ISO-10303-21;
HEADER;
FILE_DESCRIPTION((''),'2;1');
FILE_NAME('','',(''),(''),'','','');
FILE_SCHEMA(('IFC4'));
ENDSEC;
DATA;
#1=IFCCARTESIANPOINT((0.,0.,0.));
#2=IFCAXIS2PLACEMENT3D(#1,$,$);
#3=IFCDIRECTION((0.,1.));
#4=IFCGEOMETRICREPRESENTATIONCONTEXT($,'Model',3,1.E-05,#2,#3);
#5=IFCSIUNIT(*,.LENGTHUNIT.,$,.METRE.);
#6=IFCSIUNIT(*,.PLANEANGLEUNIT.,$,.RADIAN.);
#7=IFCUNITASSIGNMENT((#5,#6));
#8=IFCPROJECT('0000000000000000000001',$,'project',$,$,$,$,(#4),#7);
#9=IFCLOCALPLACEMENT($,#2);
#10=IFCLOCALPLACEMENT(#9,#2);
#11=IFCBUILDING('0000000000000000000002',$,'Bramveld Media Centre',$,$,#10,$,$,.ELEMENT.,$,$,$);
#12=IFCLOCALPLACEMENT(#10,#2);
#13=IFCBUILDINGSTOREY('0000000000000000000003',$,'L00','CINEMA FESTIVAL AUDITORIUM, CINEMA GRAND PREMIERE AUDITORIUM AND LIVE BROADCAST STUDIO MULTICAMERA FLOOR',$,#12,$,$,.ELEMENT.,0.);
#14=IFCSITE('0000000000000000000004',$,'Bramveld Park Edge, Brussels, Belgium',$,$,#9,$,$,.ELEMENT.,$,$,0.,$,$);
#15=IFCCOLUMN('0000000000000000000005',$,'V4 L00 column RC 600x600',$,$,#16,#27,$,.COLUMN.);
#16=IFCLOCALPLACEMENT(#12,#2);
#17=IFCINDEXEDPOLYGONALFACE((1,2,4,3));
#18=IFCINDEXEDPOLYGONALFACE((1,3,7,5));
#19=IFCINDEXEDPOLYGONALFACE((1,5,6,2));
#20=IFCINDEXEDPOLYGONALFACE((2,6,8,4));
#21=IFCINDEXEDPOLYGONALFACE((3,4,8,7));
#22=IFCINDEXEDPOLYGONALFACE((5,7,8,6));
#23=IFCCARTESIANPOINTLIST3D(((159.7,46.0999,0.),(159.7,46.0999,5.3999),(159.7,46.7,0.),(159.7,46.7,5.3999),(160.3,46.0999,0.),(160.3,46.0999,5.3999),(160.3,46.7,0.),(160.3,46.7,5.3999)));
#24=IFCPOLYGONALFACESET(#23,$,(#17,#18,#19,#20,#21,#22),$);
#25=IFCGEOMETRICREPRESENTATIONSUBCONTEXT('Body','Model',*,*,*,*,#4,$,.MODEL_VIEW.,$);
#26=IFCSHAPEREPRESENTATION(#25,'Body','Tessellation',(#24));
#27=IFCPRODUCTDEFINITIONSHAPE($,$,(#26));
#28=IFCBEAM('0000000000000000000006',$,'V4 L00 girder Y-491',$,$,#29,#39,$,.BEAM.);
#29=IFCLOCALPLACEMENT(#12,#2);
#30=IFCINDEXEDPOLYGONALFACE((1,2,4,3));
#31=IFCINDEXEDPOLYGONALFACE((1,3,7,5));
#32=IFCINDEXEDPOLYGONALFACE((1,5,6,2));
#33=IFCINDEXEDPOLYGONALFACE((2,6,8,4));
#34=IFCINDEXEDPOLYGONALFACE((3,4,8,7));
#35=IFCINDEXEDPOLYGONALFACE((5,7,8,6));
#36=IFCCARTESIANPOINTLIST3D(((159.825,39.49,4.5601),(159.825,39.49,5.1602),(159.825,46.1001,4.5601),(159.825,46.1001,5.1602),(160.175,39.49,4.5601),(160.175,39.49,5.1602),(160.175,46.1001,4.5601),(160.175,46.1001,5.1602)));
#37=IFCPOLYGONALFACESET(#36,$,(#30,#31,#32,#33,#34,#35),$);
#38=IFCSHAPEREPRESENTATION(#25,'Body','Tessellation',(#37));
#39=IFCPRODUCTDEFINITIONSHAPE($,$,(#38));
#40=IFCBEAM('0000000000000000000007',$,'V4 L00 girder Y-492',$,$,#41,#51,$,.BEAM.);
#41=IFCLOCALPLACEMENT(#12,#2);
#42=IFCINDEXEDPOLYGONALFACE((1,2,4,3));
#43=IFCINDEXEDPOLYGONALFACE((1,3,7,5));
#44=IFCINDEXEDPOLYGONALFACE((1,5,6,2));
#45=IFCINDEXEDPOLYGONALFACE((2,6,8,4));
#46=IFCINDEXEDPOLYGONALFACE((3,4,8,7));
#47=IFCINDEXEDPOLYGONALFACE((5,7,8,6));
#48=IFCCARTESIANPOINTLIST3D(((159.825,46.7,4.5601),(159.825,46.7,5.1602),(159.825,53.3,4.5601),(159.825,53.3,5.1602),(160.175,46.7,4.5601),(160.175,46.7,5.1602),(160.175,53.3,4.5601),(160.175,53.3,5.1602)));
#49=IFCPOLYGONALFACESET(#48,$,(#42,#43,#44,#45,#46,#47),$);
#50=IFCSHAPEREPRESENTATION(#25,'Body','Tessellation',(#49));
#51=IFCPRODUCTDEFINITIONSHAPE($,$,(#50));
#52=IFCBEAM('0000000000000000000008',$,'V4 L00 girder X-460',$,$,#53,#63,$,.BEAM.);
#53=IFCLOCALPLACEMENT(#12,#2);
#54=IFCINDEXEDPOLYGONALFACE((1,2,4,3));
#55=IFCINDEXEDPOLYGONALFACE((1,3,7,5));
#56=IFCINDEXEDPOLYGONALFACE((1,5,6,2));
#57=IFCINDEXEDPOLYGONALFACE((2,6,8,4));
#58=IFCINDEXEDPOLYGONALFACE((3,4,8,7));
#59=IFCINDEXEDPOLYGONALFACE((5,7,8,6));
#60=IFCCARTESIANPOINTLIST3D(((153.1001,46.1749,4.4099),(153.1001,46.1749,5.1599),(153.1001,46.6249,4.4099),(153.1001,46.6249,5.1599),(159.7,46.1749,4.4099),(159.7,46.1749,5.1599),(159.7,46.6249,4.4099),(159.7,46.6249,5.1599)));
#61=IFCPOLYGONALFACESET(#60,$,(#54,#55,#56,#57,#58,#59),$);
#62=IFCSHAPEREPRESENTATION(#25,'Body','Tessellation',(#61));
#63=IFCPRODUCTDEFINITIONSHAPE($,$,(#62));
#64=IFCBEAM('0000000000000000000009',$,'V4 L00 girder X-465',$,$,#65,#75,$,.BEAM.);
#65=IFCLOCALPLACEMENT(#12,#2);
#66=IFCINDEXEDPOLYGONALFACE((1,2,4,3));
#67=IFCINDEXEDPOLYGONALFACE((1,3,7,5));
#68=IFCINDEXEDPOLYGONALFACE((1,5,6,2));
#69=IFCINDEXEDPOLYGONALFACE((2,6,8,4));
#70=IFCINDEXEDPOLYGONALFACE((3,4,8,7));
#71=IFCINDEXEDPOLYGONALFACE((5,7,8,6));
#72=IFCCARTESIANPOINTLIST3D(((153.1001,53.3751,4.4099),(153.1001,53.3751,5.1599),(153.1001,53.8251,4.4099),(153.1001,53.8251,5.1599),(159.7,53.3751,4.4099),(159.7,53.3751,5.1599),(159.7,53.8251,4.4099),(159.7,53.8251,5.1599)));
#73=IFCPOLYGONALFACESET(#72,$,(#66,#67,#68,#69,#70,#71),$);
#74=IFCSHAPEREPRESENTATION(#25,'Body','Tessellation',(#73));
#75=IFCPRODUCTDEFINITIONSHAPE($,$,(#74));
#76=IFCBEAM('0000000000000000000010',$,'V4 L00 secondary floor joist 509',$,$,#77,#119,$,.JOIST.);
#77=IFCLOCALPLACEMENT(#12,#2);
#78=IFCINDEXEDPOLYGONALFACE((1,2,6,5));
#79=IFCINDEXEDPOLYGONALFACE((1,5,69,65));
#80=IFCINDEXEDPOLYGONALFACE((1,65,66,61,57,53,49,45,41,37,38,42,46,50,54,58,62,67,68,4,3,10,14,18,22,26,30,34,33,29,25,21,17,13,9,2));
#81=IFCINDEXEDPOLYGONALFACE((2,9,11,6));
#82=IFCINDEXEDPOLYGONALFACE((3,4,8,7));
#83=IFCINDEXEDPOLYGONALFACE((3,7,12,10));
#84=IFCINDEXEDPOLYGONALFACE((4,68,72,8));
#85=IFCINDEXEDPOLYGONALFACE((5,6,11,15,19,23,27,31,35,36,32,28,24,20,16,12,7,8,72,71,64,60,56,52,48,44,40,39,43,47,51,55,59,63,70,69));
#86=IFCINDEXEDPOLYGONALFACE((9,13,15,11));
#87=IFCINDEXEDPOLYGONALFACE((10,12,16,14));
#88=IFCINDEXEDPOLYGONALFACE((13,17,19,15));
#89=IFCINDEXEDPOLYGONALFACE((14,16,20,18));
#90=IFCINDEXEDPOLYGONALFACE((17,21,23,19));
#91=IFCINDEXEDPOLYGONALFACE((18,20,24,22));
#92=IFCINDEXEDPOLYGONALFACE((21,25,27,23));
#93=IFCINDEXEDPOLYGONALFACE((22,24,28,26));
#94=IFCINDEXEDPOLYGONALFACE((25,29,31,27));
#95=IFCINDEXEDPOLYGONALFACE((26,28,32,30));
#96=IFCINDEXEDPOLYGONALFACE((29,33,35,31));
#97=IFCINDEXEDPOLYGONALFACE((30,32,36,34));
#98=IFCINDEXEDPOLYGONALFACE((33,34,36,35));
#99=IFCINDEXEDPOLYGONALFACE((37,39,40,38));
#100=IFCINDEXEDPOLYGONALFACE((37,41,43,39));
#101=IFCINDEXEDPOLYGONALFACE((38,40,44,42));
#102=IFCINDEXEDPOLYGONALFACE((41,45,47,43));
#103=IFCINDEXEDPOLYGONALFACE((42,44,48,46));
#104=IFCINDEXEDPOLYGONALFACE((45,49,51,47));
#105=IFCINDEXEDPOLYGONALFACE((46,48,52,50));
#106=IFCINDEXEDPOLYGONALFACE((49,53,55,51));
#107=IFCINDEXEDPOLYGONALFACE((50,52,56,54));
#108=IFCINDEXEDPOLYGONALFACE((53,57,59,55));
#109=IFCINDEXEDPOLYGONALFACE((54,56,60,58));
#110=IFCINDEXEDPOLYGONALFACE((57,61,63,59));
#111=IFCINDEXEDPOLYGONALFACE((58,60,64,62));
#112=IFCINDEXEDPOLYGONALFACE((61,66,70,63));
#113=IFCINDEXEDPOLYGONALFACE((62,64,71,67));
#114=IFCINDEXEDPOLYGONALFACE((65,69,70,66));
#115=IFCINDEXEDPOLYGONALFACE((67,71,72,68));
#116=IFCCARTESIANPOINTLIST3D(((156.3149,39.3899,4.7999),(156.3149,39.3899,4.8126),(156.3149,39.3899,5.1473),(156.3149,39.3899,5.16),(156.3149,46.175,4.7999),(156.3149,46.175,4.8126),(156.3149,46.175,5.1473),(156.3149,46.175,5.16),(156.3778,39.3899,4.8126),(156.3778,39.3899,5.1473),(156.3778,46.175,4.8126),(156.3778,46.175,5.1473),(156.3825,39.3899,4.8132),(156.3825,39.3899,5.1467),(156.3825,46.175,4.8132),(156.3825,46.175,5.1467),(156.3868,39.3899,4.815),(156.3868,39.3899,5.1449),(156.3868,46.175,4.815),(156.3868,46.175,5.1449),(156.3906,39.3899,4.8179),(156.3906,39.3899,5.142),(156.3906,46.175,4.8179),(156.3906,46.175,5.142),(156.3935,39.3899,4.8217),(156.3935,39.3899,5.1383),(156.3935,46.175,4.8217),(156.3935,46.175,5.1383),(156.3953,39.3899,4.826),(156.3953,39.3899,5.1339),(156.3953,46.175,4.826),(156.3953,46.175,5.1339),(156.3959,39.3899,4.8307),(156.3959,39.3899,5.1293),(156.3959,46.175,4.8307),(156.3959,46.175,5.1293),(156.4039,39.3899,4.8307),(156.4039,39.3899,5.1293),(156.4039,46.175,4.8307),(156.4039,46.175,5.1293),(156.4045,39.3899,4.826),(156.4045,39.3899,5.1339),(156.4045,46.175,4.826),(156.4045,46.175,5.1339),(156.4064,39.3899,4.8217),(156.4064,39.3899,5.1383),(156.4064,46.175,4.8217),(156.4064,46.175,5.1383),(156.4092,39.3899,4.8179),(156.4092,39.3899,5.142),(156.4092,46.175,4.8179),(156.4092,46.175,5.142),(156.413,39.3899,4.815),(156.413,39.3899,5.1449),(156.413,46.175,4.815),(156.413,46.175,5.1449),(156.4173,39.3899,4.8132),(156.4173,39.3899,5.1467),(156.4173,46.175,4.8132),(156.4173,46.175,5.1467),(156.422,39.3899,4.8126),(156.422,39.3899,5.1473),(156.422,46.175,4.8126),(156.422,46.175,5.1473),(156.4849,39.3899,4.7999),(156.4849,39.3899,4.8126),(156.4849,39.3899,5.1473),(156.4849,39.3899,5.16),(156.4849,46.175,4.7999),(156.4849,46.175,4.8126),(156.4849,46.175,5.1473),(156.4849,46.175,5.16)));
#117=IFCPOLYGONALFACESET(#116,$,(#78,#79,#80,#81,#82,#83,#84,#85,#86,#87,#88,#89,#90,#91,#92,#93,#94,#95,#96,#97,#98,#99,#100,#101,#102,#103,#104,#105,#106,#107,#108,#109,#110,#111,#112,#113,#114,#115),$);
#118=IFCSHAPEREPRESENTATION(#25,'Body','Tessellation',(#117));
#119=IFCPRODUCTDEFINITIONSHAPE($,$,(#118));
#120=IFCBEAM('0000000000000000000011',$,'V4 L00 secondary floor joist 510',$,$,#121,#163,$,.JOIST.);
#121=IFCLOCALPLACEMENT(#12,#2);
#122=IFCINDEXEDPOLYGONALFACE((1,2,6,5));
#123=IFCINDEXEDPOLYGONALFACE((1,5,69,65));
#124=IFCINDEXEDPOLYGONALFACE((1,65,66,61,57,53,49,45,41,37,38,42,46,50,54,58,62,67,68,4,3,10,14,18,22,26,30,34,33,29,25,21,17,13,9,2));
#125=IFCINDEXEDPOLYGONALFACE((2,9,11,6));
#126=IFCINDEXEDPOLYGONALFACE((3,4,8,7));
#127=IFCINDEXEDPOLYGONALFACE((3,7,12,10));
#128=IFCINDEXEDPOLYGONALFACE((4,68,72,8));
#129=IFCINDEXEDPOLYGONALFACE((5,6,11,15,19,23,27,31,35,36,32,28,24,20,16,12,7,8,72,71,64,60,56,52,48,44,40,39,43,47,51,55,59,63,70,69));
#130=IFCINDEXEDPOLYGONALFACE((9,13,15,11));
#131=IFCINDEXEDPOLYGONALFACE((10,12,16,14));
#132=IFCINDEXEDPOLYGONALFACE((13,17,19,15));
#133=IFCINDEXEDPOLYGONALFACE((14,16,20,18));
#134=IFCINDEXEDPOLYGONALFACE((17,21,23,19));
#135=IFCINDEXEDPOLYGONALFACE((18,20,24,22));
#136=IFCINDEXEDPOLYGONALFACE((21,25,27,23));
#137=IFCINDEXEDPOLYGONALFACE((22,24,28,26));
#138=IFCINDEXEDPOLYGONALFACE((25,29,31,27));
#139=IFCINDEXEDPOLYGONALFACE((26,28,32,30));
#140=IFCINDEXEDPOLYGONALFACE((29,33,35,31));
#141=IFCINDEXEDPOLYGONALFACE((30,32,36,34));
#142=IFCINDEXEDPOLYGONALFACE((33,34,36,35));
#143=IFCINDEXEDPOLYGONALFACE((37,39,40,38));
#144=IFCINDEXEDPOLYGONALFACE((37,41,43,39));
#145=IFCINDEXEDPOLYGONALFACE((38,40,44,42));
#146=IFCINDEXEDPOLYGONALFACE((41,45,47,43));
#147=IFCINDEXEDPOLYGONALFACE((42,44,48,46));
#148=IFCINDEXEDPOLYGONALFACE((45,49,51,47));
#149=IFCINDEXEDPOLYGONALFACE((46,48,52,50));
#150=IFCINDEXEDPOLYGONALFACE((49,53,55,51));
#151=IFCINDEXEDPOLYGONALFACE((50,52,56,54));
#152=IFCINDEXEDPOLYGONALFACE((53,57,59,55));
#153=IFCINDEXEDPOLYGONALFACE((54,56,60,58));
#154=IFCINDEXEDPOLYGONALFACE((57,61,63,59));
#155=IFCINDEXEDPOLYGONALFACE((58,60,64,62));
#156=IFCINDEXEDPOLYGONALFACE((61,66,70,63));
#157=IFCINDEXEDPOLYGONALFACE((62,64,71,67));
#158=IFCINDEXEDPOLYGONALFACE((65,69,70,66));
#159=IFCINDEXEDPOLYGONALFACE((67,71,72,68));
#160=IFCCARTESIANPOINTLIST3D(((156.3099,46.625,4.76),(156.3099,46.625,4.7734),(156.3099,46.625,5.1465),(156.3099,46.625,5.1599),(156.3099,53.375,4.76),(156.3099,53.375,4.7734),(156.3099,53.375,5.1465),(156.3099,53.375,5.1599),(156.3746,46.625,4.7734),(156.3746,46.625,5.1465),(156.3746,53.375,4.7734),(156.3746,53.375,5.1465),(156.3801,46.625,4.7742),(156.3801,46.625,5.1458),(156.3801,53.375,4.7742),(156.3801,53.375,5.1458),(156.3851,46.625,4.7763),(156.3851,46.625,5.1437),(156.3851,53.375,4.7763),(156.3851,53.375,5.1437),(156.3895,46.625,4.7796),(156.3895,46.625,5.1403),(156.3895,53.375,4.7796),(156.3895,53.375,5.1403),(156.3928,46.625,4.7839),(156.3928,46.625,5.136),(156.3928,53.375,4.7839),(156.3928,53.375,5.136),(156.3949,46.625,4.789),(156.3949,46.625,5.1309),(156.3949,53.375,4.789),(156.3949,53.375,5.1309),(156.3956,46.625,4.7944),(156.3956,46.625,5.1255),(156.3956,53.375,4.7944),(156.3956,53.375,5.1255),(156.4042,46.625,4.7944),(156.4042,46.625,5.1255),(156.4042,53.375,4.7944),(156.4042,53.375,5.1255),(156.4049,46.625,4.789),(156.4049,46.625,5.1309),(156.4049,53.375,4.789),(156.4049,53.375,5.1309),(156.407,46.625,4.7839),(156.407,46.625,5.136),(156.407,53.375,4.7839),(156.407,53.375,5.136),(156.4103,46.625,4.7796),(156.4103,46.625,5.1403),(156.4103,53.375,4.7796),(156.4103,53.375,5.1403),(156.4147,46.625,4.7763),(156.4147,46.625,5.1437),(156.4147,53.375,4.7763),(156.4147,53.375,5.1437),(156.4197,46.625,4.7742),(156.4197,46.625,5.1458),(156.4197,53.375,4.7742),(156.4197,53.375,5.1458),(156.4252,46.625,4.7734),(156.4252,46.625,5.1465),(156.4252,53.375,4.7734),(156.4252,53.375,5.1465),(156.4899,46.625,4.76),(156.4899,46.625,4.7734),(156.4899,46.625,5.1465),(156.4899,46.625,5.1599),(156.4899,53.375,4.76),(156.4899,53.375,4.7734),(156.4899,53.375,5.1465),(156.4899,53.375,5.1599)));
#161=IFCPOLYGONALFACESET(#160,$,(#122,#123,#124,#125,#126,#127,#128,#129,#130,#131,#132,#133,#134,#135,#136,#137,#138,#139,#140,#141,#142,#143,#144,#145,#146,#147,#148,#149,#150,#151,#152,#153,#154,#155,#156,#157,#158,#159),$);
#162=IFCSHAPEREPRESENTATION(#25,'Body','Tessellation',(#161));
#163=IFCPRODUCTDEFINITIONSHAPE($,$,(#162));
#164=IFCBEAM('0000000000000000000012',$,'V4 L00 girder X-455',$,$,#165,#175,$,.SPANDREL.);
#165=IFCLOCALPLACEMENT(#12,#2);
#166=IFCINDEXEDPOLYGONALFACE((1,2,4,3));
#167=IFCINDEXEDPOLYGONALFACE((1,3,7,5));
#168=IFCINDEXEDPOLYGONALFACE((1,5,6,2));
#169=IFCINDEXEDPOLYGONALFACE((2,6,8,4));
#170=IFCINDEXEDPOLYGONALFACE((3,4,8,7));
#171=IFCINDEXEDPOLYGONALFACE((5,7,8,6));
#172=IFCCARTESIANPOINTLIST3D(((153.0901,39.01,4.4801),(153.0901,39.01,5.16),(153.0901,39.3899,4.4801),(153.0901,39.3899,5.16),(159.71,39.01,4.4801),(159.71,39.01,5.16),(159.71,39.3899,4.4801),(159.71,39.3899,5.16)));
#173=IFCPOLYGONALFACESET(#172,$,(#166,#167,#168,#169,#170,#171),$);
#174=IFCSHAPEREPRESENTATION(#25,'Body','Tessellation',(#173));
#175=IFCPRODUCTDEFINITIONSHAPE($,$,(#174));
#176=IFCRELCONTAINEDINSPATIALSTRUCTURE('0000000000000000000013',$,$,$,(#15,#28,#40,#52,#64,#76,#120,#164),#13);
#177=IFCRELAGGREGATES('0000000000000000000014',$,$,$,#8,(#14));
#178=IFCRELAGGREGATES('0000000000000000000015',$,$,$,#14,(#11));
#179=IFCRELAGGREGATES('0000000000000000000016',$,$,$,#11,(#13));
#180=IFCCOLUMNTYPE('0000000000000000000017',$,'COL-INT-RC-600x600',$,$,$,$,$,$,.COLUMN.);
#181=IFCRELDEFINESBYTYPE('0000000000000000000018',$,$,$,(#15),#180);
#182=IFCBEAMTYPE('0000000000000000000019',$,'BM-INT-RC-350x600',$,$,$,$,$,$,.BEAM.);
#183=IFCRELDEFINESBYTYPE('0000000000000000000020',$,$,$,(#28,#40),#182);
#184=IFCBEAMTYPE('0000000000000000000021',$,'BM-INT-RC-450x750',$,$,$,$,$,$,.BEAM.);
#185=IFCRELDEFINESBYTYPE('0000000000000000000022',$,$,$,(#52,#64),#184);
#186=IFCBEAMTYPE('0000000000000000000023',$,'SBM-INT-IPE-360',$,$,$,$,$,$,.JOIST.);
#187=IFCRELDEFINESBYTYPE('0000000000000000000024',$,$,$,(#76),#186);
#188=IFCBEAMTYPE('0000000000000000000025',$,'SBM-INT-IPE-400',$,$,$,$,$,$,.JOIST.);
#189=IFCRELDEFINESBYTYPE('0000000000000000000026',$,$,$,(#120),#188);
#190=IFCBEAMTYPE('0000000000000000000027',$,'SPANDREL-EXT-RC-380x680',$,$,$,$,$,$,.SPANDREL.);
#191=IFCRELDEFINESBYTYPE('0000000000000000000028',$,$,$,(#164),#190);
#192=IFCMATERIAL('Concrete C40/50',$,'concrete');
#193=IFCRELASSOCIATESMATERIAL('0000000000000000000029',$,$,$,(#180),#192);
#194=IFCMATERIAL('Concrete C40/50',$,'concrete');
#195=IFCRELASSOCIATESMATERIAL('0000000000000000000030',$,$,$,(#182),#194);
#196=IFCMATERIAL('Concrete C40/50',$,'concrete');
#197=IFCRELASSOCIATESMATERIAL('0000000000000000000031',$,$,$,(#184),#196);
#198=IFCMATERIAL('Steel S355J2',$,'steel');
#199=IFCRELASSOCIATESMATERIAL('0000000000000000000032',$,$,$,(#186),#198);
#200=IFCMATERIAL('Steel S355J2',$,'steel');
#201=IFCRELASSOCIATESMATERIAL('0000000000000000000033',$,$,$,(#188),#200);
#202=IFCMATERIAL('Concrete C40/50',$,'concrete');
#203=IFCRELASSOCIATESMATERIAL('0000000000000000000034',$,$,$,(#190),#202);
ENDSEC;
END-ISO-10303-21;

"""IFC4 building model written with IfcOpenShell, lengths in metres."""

from ifc_helpers import new_model, si_unit, direction, frame, origin, origin_2d, place, context, subcontext, project, spatial, rectangle, i_section, extrude, material, material_profile, profile_set, type_object, element, save


model = new_model("IFC4")

# Units and contexts
model_context = context("Model", 3, precision=1e-05, world=origin(), true_north=direction((0.0, 1.0)))
body_context = subcontext(model_context, "Body", "Model", "MODEL_VIEW")
ifc_project = project(units=[si_unit("LENGTHUNIT", "METRE"), si_unit("PLANEANGLEUNIT", "RADIAN")], contexts=[model_context])

# Site, building, storey
site_placement = place(None, origin())
site = spatial("IfcSite", under=ifc_project, at=site_placement, Name="Bramveld Park Edge, Brussels, Belgium", CompositionType="ELEMENT", RefElevation=0.0)
building_placement = place(site_placement, origin())
building = spatial("IfcBuilding", under=site, at=building_placement, Name="Bramveld Media Centre", CompositionType="ELEMENT")
storey_placement = place(building_placement, origin())
storey = spatial("IfcBuildingStorey", under=building, at=storey_placement, Name="L00", Description="CINEMA FESTIVAL AUDITORIUM, CINEMA GRAND PREMIERE AUDITORIUM AND LIVE BROADCAST STUDIO MULTICAMERA FLOOR", CompositionType="ELEMENT", Elevation=0.0)

# Column
ifc_material_1 = material(Name="Concrete C40/50", Category="concrete")
ifc_material_profile_1 = material_profile(ifc_material_1, rectangle(XDim=0.6001, YDim=0.6001, at=origin_2d()), Name="RC 600x600")
ifc_profile_set_1 = profile_set([ifc_material_profile_1], Name="Concrete C40/50")
column_type_1 = type_object("IfcColumnType", Name="COL-INT-RC-600x600", PredefinedType="COLUMN", material=ifc_profile_set_1)
column_1_placement = place(storey_placement, frame((160.0, 46.3999, 0.0), z_axis=(0.0, 0.0, 1.0), x_axis=(1.0, 0.0, 0.0)))
element("IfcColumn", 1, at=column_1_placement, inside=storey, type_object=column_type_1, Name="V4 L00 column RC 600x600", PredefinedType="COLUMN", context=body_context, shape_type="SweptSolid", body=[
    extrude(rectangle(XDim=0.6001, YDim=0.6001, at=origin_2d()), origin(), (0.0, 0.0, 1.0), 5.3999),
])

# Beams
ifc_material_2 = material(Name="Concrete C40/50", Category="concrete")
ifc_material_profile_2 = material_profile(ifc_material_2, rectangle(XDim=0.3501, YDim=0.6001, at=origin_2d()), Name="RC 350x600")
ifc_profile_set_2 = profile_set([ifc_material_profile_2], Name="Concrete C40/50")
beam_type_1 = type_object("IfcBeamType", Name="BM-INT-RC-350x600", PredefinedType="BEAM", material=ifc_profile_set_2)
beam_1_placement = place(storey_placement, frame((160.0, 39.49, 4.8601), z_axis=(0.0, 1.0, 0.0), x_axis=(-1.0, 0.0, 0.0)))
element("IfcBeam", 2, at=beam_1_placement, inside=storey, type_object=beam_type_1, Name="V4 L00 girder Y-491", PredefinedType="BEAM", context=body_context, shape_type="SweptSolid", body=[
    extrude(rectangle(XDim=0.3501, YDim=0.6001, at=origin_2d()), origin(), (0.0, 0.0, 1.0), 6.6101),
])
beam_2_placement = place(storey_placement, frame((160.0, 46.7, 4.8601), z_axis=(0.0, 1.0, 0.0), x_axis=(-1.0, 0.0, 0.0)))
element("IfcBeam", 3, at=beam_2_placement, inside=storey, type_object=beam_type_1, Name="V4 L00 girder Y-492", PredefinedType="BEAM", context=body_context, shape_type="SweptSolid", body=[
    extrude(rectangle(XDim=0.3501, YDim=0.6001, at=origin_2d()), origin(), (0.0, 0.0, 1.0), 6.6001),
])
ifc_material_3 = material(Name="Concrete C40/50", Category="concrete")
ifc_material_profile_3 = material_profile(ifc_material_3, rectangle(XDim=0.45, YDim=0.75, at=origin_2d()), Name="RC 450x750")
ifc_profile_set_3 = profile_set([ifc_material_profile_3], Name="Concrete C40/50")
beam_type_2 = type_object("IfcBeamType", Name="BM-INT-RC-450x750", PredefinedType="BEAM", material=ifc_profile_set_3)
for number, where, z_axis, x_axis, name in (
    (4, (153.1001, 46.3999, 4.7849), (1.0, 0.0, 0.0), (0.0, 1.0, 0.0), "V4 L00 girder X-460"),
    (5, (153.1001, 53.6001, 4.7849), (1.0, 0.0, 0.0), (0.0, 1.0, 0.0), "V4 L00 girder X-465"),
):
    element("IfcBeam", number, at=place(storey_placement, frame(where, z_axis=z_axis, x_axis=x_axis)), inside=storey, type_object=beam_type_2, Name=name, PredefinedType="BEAM", context=body_context, shape_type="SweptSolid", body=[
        extrude(rectangle(XDim=0.45, YDim=0.75, at=origin_2d()), origin(), (0.0, 0.0, 1.0), 6.5999),
    ])
ifc_material_4 = material(Name="Steel S355J2", Category="steel")
ifc_material_profile_4 = material_profile(ifc_material_4, i_section(OverallWidth=0.1699, OverallDepth=0.3601, WebThickness=0.0081, FlangeThickness=0.0127, FilletRadius=0.0181, at=origin_2d()), Name="IPE 360")
ifc_profile_set_4 = profile_set([ifc_material_profile_4], Name="Steel S355J2")
beam_type_3 = type_object("IfcBeamType", Name="SBM-INT-IPE-360", PredefinedType="JOIST", material=ifc_profile_set_4)
beam_3_placement = place(storey_placement, frame((156.3999, 39.3899, 4.98), z_axis=(0.0, 1.0, 0.0), x_axis=(-1.0, 0.0, 0.0)))
element("IfcBeam", 6, at=beam_3_placement, inside=storey, type_object=beam_type_3, Name="V4 L00 secondary floor joist 509", PredefinedType="JOIST", context=body_context, shape_type="SweptSolid", body=[
    extrude(i_section(OverallWidth=0.1699, OverallDepth=0.3601, WebThickness=0.0081, FlangeThickness=0.0127, FilletRadius=0.0181, at=origin_2d()), origin(), (0.0, 0.0, 1.0), 6.7852),
])
ifc_material_5 = material(Name="Steel S355J2", Category="steel")
ifc_material_profile_5 = material_profile(ifc_material_5, i_section(OverallWidth=0.1799, OverallDepth=0.3999, WebThickness=0.0085, FlangeThickness=0.0134, FilletRadius=0.021, at=origin_2d()), Name="IPE 400")
ifc_profile_set_5 = profile_set([ifc_material_profile_5], Name="Steel S355J2")
beam_type_4 = type_object("IfcBeamType", Name="SBM-INT-IPE-400", PredefinedType="JOIST", material=ifc_profile_set_5)
beam_4_placement = place(storey_placement, frame((156.3999, 46.625, 4.96), z_axis=(0.0, 1.0, 0.0), x_axis=(-1.0, 0.0, 0.0)))
element("IfcBeam", 7, at=beam_4_placement, inside=storey, type_object=beam_type_4, Name="V4 L00 secondary floor joist 510", PredefinedType="JOIST", context=body_context, shape_type="SweptSolid", body=[
    extrude(i_section(OverallWidth=0.1799, OverallDepth=0.3999, WebThickness=0.0085, FlangeThickness=0.0134, FilletRadius=0.021, at=origin_2d()), origin(), (0.0, 0.0, 1.0), 6.75),
])
ifc_material_6 = material(Name="Concrete C40/50", Category="concrete")
ifc_material_profile_6 = material_profile(ifc_material_6, rectangle(XDim=0.3799, YDim=0.6799, at=origin_2d()), Name="RC 380x680")
ifc_profile_set_6 = profile_set([ifc_material_profile_6], Name="Concrete C40/50")
beam_type_5 = type_object("IfcBeamType", Name="SPANDREL-EXT-RC-380x680", PredefinedType="SPANDREL", material=ifc_profile_set_6)
beam_5_placement = place(storey_placement, frame((153.0901, 39.2, 4.8201), z_axis=(1.0, 0.0, 0.0), x_axis=(0.0, 1.0, 0.0)))
element("IfcBeam", 8, at=beam_5_placement, inside=storey, type_object=beam_type_5, Name="V4 L00 girder X-455", PredefinedType="SPANDREL", context=body_context, shape_type="SweptSolid", body=[
    extrude(rectangle(XDim=0.3799, YDim=0.6799, at=origin_2d()), origin(), (0.0, 0.0, 1.0), 6.6199),
])

save(model, "model.ifc")
